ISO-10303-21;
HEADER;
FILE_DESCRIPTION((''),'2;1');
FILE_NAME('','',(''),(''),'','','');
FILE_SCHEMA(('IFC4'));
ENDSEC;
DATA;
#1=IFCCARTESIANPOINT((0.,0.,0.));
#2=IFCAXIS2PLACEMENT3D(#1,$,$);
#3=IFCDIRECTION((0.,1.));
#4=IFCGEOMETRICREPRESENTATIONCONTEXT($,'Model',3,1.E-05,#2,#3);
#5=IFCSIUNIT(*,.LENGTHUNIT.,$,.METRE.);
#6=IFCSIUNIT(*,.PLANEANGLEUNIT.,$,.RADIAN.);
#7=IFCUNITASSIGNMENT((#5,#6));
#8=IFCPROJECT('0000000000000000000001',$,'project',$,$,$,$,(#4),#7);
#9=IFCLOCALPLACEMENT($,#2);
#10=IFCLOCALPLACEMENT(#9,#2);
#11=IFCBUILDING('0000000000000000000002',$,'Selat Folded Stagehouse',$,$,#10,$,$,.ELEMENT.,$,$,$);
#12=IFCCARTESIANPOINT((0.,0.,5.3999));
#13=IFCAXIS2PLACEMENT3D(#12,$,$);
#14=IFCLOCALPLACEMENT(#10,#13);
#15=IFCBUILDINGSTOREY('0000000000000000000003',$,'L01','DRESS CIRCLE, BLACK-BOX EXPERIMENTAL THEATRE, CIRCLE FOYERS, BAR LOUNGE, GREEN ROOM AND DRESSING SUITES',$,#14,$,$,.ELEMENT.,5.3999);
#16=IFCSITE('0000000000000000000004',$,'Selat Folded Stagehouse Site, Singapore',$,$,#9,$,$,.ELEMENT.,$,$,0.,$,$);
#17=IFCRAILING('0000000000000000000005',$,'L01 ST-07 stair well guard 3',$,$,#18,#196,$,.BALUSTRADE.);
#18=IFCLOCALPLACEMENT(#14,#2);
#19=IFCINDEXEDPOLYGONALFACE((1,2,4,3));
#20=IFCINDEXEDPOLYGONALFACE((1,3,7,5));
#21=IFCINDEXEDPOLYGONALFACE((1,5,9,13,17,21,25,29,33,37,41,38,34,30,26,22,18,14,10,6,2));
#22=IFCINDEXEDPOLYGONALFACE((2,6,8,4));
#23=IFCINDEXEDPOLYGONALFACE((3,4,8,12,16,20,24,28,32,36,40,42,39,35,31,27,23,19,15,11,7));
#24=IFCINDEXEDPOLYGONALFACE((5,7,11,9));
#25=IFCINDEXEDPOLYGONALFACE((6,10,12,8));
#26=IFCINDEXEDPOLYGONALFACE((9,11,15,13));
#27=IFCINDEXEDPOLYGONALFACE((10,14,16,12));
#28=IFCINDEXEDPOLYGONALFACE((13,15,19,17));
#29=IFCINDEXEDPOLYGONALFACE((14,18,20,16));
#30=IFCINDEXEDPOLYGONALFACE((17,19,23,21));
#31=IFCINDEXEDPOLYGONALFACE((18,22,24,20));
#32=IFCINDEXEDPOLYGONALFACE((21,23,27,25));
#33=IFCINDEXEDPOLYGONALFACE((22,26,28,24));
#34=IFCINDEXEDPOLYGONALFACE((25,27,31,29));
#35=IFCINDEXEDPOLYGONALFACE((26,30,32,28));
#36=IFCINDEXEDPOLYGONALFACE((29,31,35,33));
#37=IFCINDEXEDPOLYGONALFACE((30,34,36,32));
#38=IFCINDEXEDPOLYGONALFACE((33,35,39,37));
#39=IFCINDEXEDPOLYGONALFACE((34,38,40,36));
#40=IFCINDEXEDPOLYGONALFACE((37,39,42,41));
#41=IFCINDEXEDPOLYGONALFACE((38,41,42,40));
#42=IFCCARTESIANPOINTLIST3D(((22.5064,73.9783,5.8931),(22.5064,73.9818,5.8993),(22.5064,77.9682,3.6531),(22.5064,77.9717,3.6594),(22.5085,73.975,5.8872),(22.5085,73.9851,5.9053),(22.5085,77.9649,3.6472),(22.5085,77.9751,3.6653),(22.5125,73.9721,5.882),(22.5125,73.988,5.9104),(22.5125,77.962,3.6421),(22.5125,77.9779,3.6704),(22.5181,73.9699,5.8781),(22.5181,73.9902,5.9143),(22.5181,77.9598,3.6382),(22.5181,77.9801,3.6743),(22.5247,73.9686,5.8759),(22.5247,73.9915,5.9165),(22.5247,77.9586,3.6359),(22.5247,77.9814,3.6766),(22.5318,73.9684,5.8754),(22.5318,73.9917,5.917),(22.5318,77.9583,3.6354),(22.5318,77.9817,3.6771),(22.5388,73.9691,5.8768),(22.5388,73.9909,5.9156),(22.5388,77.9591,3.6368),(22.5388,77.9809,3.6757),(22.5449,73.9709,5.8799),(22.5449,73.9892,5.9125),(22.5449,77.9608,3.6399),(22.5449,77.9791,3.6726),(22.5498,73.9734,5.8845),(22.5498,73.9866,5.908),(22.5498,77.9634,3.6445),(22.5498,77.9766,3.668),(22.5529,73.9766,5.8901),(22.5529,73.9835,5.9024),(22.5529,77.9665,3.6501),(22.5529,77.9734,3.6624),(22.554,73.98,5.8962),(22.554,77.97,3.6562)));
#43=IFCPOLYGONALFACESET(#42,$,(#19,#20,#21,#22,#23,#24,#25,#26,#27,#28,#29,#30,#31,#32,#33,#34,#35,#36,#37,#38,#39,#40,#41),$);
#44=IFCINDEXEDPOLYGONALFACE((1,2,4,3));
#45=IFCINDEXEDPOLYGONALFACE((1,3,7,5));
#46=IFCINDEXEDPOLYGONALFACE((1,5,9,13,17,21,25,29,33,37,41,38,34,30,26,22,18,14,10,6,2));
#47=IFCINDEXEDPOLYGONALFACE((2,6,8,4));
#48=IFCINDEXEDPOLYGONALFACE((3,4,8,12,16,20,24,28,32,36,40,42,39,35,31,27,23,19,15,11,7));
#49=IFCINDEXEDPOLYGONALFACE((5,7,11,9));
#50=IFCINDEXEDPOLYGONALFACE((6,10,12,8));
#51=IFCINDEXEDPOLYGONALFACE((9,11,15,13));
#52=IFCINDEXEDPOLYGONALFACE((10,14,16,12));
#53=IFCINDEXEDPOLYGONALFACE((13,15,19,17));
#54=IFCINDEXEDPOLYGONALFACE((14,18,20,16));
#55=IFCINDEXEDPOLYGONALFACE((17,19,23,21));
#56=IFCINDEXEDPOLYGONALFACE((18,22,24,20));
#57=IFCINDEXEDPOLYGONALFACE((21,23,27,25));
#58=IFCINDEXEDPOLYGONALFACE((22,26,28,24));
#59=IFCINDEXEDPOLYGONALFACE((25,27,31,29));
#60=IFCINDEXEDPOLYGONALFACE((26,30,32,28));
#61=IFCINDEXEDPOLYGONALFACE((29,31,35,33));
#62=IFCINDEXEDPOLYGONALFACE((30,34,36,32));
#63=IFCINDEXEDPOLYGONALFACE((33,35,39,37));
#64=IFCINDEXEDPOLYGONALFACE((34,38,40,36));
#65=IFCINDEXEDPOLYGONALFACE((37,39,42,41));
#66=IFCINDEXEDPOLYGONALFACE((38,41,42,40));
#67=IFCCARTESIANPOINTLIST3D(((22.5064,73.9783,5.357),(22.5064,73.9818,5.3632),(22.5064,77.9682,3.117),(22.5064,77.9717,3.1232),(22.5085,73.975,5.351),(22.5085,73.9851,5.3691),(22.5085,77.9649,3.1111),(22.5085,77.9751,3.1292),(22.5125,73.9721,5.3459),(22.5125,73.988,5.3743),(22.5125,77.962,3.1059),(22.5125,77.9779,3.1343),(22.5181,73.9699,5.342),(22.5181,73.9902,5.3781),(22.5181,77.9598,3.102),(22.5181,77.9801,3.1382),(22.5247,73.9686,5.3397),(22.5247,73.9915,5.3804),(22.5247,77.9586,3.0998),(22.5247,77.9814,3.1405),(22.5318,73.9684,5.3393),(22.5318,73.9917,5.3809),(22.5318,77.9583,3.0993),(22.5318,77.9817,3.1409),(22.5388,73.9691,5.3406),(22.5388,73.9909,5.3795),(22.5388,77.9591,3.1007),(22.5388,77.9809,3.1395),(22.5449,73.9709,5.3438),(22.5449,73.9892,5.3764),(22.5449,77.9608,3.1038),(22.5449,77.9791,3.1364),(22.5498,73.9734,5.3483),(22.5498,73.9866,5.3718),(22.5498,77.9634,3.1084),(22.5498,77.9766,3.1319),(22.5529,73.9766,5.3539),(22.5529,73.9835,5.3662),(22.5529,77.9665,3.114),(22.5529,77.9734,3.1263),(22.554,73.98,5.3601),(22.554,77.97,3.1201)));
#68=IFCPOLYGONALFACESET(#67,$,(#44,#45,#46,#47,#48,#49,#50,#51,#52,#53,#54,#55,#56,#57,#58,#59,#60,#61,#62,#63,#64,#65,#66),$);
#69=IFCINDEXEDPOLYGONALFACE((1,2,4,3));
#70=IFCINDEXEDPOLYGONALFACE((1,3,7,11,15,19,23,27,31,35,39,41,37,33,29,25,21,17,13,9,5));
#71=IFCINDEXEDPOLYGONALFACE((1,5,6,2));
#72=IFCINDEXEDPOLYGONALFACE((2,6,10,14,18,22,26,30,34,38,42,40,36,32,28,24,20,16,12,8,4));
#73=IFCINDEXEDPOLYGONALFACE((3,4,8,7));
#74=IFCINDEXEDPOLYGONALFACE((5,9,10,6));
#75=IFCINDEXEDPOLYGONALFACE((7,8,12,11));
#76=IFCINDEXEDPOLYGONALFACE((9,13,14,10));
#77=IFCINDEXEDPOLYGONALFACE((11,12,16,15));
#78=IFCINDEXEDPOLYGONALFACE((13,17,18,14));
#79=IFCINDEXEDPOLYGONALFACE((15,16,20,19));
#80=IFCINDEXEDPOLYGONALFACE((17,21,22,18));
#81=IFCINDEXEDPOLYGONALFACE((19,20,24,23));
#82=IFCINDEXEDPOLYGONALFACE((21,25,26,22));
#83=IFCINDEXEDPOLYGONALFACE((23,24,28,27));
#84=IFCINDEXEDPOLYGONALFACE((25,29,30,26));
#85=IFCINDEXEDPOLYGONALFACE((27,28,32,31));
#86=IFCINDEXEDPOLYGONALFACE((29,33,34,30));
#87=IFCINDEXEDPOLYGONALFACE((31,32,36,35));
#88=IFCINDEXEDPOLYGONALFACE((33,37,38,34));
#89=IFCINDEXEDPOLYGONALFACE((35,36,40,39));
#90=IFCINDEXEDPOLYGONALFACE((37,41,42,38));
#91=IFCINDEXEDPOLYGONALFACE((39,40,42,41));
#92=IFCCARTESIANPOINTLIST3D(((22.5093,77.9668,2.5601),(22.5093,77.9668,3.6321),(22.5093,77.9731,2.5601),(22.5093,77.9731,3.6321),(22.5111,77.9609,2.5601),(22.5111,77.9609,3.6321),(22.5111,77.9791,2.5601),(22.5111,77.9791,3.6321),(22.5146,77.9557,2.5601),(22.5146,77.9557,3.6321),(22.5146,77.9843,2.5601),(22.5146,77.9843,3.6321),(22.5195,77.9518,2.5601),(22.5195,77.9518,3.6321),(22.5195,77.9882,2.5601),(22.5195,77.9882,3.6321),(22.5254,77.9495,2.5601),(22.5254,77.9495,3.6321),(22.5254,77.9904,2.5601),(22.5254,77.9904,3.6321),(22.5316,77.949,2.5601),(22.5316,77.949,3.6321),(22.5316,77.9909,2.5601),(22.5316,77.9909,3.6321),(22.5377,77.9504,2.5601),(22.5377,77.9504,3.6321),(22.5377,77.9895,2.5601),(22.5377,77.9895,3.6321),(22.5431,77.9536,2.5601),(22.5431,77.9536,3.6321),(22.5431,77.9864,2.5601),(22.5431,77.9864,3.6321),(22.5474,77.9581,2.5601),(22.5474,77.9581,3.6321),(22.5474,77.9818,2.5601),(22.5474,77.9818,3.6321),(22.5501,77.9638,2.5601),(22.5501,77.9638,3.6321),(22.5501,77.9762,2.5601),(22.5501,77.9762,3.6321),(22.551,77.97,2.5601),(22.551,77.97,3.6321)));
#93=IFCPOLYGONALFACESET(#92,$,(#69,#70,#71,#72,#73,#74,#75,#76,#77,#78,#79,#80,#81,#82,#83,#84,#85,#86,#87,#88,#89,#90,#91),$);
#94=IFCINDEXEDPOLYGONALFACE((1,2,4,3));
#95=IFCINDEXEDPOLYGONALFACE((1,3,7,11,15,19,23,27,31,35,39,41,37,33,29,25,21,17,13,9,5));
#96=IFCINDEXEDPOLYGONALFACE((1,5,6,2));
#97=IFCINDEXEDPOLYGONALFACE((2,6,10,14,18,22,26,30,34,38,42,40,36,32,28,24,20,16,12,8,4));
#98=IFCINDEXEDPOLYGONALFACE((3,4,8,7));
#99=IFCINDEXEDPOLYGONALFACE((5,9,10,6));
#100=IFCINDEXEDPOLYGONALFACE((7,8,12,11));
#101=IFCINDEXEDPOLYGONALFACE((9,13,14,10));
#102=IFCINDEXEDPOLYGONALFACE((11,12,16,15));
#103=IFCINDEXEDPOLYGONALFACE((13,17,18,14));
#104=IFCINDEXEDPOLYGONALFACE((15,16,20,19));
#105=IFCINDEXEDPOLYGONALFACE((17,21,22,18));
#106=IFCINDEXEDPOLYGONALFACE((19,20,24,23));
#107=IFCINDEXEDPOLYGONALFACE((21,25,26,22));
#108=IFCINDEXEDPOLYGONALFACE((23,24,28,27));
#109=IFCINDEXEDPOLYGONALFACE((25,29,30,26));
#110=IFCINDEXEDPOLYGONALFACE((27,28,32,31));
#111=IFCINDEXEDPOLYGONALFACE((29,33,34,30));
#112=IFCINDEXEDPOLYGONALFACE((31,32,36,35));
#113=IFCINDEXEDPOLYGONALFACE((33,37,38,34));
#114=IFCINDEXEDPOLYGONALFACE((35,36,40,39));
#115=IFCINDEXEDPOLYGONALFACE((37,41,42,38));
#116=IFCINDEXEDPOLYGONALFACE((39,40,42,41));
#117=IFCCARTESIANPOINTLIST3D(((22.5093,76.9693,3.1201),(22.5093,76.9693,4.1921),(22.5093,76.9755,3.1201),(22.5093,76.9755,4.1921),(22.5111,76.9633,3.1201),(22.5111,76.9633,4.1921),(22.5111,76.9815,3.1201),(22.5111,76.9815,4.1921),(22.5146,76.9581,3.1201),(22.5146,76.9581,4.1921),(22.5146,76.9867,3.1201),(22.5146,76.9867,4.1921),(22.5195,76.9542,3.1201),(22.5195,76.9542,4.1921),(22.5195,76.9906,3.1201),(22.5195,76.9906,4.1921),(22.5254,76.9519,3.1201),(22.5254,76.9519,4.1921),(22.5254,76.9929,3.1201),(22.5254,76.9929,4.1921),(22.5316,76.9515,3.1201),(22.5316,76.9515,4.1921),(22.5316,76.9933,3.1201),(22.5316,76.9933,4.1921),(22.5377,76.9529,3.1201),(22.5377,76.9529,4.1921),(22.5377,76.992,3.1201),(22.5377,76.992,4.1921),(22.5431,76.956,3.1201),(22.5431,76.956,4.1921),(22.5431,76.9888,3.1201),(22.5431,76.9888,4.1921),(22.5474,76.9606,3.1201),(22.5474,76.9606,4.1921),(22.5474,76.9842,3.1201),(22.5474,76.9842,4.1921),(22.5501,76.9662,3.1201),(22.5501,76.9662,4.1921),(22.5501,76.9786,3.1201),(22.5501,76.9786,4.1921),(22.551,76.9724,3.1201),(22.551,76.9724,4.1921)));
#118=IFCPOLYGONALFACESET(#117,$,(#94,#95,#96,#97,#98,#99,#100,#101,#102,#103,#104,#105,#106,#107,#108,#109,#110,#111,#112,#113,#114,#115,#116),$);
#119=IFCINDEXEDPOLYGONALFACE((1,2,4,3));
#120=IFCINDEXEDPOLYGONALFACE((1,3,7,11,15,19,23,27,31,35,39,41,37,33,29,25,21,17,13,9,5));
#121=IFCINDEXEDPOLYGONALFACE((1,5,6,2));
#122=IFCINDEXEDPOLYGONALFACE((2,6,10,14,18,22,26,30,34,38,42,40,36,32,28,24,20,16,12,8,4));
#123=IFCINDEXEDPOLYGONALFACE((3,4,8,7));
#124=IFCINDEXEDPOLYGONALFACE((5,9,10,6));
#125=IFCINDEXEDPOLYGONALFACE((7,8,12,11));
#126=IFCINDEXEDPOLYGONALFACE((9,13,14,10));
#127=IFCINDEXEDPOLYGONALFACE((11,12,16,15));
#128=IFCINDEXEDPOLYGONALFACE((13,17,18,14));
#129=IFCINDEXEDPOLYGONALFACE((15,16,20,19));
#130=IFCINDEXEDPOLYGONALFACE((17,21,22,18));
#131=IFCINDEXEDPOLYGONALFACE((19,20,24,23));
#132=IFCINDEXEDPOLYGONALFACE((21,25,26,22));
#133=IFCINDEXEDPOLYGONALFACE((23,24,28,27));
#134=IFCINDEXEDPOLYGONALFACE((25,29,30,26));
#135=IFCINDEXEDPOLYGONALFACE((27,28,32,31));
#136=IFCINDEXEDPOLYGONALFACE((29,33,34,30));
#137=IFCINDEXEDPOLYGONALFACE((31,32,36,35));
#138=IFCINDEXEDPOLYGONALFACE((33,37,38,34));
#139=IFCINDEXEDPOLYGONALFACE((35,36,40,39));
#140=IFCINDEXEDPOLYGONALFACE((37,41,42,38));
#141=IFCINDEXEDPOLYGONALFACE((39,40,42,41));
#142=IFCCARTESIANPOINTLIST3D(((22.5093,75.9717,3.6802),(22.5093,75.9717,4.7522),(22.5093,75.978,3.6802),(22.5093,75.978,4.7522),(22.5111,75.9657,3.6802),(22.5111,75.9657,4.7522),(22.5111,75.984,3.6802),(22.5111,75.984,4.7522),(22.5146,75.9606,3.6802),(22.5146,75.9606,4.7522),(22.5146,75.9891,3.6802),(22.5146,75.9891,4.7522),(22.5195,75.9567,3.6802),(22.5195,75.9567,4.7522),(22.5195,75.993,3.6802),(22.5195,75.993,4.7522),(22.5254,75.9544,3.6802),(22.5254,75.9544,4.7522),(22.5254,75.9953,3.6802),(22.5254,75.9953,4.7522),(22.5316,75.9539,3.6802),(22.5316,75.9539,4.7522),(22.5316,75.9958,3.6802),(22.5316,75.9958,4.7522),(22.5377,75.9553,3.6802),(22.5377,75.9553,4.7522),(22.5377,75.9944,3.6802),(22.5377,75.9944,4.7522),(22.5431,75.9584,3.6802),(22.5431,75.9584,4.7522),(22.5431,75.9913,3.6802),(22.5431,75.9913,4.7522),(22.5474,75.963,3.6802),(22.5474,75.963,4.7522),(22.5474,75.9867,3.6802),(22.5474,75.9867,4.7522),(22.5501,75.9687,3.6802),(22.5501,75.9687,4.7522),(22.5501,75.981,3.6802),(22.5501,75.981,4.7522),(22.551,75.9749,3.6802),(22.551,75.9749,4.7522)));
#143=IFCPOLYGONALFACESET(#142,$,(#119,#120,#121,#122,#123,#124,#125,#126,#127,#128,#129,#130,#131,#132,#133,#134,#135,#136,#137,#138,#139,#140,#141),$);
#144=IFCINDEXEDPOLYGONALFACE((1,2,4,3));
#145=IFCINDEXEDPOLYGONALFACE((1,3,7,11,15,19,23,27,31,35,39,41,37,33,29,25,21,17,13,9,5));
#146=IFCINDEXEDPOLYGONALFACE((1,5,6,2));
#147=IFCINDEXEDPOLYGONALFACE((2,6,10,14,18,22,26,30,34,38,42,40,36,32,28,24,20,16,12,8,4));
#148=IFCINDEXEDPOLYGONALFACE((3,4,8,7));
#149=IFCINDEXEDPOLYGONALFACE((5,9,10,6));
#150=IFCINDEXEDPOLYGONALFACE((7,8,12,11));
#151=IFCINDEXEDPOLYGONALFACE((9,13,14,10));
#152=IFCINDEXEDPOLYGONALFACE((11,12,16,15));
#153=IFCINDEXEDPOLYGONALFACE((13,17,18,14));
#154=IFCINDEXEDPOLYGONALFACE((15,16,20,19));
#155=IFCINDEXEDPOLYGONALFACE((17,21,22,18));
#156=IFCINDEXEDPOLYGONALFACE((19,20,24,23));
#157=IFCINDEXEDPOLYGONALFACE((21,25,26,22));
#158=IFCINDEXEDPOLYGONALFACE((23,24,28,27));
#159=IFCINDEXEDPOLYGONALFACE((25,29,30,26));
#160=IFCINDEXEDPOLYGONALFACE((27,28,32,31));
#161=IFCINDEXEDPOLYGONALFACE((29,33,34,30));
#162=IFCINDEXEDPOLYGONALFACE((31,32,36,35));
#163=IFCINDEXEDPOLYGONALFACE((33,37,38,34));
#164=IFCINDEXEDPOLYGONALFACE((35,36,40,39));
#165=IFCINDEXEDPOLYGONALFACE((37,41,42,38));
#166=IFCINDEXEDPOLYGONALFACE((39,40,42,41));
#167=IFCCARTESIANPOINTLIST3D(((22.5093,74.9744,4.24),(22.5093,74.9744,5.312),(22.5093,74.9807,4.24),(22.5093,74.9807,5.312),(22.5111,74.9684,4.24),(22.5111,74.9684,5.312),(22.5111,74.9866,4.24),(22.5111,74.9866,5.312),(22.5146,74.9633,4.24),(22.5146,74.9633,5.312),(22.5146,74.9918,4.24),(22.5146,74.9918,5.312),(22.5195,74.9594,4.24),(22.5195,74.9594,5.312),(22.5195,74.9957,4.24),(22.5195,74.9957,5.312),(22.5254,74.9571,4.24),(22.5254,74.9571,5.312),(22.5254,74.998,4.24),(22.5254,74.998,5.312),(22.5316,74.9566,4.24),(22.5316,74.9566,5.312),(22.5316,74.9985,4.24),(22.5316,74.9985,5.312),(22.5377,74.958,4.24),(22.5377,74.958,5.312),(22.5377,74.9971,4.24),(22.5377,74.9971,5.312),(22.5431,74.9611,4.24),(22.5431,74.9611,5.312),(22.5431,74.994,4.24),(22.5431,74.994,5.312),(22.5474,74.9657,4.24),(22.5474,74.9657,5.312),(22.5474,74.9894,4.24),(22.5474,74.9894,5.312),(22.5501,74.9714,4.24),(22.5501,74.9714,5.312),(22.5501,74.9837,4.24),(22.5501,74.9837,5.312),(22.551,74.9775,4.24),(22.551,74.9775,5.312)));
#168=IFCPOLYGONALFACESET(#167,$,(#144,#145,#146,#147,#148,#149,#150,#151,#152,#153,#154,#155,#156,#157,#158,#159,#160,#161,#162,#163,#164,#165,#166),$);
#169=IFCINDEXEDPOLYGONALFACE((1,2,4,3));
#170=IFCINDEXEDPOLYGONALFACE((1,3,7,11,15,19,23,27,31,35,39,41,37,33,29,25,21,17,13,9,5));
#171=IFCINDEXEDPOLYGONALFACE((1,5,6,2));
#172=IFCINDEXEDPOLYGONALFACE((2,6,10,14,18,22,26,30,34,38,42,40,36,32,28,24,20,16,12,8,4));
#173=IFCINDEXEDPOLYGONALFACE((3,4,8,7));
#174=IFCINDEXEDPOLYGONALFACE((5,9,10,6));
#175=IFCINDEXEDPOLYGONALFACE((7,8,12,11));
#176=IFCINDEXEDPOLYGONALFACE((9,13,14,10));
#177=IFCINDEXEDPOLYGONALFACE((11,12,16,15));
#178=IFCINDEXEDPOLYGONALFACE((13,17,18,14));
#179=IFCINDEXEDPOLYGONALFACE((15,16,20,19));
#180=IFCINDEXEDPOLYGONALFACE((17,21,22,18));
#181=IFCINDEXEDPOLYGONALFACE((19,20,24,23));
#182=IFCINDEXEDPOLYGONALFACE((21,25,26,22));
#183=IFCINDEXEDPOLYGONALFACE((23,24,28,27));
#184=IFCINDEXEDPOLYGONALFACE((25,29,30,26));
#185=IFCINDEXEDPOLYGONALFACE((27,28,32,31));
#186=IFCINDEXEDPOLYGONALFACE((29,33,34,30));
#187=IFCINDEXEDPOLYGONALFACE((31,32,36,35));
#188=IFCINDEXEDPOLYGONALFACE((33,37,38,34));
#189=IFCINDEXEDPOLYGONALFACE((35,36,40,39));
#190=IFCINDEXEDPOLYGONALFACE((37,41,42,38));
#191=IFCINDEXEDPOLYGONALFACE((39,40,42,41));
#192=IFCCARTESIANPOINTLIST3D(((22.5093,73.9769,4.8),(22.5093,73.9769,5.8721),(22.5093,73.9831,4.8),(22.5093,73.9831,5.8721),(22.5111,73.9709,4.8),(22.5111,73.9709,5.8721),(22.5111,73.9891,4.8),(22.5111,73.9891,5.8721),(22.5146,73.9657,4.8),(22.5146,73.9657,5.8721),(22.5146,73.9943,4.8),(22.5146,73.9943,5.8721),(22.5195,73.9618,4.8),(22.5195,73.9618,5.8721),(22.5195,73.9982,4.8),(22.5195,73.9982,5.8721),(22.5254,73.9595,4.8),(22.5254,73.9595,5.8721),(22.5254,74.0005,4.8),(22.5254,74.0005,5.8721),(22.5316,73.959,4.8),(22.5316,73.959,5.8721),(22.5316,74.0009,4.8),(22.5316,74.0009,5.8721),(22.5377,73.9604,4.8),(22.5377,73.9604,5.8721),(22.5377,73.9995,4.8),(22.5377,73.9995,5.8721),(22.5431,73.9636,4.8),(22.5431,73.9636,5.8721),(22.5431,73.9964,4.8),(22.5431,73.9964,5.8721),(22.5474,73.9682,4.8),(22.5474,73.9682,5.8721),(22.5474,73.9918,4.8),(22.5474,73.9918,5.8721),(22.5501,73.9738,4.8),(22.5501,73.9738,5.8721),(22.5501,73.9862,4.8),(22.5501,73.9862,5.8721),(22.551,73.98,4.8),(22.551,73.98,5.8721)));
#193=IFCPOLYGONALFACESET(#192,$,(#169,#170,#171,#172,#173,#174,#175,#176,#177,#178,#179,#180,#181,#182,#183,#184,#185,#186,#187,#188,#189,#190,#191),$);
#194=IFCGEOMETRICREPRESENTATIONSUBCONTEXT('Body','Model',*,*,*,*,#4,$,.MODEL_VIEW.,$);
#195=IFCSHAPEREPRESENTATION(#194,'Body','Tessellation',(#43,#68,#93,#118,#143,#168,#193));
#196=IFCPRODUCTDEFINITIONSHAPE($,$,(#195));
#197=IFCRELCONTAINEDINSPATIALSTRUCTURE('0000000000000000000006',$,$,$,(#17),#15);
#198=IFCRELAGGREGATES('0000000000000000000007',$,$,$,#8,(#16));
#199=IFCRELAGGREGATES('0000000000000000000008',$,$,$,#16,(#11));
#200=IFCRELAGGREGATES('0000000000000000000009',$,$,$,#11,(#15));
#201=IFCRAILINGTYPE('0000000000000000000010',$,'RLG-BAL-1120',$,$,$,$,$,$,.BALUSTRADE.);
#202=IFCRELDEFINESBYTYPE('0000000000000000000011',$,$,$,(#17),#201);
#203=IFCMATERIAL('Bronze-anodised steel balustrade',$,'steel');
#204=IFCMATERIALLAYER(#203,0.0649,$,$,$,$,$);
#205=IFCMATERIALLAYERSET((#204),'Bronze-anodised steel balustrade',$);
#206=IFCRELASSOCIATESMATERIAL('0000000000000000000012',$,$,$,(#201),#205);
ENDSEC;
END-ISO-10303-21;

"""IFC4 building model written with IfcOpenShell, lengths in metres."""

from ifc_helpers import new_model, si_unit, direction, frame, origin, origin_2d, place, context, subcontext, project, spatial, circle, extrude, material, layer, layer_set, type_object, element, save


model = new_model("IFC4")

# Units and contexts
model_context = context("Model", 3, precision=1e-05, world=origin(), true_north=direction((0.0, 1.0)))
body_context = subcontext(model_context, "Body", "Model", "MODEL_VIEW")
ifc_project = project(units=[si_unit("LENGTHUNIT", "METRE"), si_unit("PLANEANGLEUNIT", "RADIAN")], contexts=[model_context])

# Site, building, storey
site_placement = place(None, origin())
site = spatial("IfcSite", under=ifc_project, at=site_placement, Name="Selat Folded Stagehouse Site, Singapore", CompositionType="ELEMENT", RefElevation=0.0)
building_placement = place(site_placement, origin())
building = spatial("IfcBuilding", under=site, at=building_placement, Name="Selat Folded Stagehouse", CompositionType="ELEMENT")
storey_placement = place(building_placement, frame((0.0, 0.0, 5.3999)))
storey = spatial("IfcBuildingStorey", under=building, at=storey_placement, Name="L01", Description="DRESS CIRCLE, BLACK-BOX EXPERIMENTAL THEATRE, CIRCLE FOYERS, BAR LOUNGE, GREEN ROOM AND DRESSING SUITES", CompositionType="ELEMENT", Elevation=5.3999)

# Railing
ifc_material_1 = material(Name="Bronze-anodised steel balustrade", Category="steel")
ifc_layer_1 = layer(ifc_material_1, 0.0649)
ifc_layer_set_1 = layer_set([ifc_layer_1], Name="Bronze-anodised steel balustrade")
railing_type_1 = type_object("IfcRailingType", Name="RLG-BAL-1120", PredefinedType="BALUSTRADE", material=ifc_layer_set_1)
railing_1_placement = place(storey_placement, frame((22.53, 77.97, 2.5601)))
element("IfcRailing", 1, at=railing_1_placement, inside=storey, type_object=railing_type_1, Name="L01 ST-07 stair well guard 3", PredefinedType="BALUSTRADE", context=body_context, shape_type="SweptSolid", body=[
    extrude(circle(Radius=0.0239, at=origin_2d()), frame((0.0, 0.0, 1.0962), z_axis=(0.0, -0.871984, 0.489534), x_axis=(1.0, 0.0, 0.0)), (0.0, 0.0, 1.0), 4.5757),
    extrude(circle(Radius=0.0239, at=origin_2d()), frame((0.0, 0.0, 0.5601), z_axis=(0.0, -0.871984, 0.489534), x_axis=(1.0, 0.0, 0.0)), (0.0, 0.0, 1.0), 4.5757),
    extrude(circle(Radius=0.021, at=origin_2d()), origin(), (0.0, 0.0, 1.0), 1.072),
    extrude(circle(Radius=0.021, at=origin_2d()), frame((0.0, -0.9976, 0.5601)), (0.0, 0.0, 1.0), 1.072),
    extrude(circle(Radius=0.021, at=origin_2d()), frame((0.0, -1.9951, 1.1201)), (0.0, 0.0, 1.0), 1.072),
    extrude(circle(Radius=0.021, at=origin_2d()), frame((0.0, -2.9924, 1.6799)), (0.0, 0.0, 1.0), 1.072),
    extrude(circle(Radius=0.021, at=origin_2d()), frame((0.0, -3.99, 2.24)), (0.0, 0.0, 1.0), 1.072),
])

save(model, "model.ifc")
